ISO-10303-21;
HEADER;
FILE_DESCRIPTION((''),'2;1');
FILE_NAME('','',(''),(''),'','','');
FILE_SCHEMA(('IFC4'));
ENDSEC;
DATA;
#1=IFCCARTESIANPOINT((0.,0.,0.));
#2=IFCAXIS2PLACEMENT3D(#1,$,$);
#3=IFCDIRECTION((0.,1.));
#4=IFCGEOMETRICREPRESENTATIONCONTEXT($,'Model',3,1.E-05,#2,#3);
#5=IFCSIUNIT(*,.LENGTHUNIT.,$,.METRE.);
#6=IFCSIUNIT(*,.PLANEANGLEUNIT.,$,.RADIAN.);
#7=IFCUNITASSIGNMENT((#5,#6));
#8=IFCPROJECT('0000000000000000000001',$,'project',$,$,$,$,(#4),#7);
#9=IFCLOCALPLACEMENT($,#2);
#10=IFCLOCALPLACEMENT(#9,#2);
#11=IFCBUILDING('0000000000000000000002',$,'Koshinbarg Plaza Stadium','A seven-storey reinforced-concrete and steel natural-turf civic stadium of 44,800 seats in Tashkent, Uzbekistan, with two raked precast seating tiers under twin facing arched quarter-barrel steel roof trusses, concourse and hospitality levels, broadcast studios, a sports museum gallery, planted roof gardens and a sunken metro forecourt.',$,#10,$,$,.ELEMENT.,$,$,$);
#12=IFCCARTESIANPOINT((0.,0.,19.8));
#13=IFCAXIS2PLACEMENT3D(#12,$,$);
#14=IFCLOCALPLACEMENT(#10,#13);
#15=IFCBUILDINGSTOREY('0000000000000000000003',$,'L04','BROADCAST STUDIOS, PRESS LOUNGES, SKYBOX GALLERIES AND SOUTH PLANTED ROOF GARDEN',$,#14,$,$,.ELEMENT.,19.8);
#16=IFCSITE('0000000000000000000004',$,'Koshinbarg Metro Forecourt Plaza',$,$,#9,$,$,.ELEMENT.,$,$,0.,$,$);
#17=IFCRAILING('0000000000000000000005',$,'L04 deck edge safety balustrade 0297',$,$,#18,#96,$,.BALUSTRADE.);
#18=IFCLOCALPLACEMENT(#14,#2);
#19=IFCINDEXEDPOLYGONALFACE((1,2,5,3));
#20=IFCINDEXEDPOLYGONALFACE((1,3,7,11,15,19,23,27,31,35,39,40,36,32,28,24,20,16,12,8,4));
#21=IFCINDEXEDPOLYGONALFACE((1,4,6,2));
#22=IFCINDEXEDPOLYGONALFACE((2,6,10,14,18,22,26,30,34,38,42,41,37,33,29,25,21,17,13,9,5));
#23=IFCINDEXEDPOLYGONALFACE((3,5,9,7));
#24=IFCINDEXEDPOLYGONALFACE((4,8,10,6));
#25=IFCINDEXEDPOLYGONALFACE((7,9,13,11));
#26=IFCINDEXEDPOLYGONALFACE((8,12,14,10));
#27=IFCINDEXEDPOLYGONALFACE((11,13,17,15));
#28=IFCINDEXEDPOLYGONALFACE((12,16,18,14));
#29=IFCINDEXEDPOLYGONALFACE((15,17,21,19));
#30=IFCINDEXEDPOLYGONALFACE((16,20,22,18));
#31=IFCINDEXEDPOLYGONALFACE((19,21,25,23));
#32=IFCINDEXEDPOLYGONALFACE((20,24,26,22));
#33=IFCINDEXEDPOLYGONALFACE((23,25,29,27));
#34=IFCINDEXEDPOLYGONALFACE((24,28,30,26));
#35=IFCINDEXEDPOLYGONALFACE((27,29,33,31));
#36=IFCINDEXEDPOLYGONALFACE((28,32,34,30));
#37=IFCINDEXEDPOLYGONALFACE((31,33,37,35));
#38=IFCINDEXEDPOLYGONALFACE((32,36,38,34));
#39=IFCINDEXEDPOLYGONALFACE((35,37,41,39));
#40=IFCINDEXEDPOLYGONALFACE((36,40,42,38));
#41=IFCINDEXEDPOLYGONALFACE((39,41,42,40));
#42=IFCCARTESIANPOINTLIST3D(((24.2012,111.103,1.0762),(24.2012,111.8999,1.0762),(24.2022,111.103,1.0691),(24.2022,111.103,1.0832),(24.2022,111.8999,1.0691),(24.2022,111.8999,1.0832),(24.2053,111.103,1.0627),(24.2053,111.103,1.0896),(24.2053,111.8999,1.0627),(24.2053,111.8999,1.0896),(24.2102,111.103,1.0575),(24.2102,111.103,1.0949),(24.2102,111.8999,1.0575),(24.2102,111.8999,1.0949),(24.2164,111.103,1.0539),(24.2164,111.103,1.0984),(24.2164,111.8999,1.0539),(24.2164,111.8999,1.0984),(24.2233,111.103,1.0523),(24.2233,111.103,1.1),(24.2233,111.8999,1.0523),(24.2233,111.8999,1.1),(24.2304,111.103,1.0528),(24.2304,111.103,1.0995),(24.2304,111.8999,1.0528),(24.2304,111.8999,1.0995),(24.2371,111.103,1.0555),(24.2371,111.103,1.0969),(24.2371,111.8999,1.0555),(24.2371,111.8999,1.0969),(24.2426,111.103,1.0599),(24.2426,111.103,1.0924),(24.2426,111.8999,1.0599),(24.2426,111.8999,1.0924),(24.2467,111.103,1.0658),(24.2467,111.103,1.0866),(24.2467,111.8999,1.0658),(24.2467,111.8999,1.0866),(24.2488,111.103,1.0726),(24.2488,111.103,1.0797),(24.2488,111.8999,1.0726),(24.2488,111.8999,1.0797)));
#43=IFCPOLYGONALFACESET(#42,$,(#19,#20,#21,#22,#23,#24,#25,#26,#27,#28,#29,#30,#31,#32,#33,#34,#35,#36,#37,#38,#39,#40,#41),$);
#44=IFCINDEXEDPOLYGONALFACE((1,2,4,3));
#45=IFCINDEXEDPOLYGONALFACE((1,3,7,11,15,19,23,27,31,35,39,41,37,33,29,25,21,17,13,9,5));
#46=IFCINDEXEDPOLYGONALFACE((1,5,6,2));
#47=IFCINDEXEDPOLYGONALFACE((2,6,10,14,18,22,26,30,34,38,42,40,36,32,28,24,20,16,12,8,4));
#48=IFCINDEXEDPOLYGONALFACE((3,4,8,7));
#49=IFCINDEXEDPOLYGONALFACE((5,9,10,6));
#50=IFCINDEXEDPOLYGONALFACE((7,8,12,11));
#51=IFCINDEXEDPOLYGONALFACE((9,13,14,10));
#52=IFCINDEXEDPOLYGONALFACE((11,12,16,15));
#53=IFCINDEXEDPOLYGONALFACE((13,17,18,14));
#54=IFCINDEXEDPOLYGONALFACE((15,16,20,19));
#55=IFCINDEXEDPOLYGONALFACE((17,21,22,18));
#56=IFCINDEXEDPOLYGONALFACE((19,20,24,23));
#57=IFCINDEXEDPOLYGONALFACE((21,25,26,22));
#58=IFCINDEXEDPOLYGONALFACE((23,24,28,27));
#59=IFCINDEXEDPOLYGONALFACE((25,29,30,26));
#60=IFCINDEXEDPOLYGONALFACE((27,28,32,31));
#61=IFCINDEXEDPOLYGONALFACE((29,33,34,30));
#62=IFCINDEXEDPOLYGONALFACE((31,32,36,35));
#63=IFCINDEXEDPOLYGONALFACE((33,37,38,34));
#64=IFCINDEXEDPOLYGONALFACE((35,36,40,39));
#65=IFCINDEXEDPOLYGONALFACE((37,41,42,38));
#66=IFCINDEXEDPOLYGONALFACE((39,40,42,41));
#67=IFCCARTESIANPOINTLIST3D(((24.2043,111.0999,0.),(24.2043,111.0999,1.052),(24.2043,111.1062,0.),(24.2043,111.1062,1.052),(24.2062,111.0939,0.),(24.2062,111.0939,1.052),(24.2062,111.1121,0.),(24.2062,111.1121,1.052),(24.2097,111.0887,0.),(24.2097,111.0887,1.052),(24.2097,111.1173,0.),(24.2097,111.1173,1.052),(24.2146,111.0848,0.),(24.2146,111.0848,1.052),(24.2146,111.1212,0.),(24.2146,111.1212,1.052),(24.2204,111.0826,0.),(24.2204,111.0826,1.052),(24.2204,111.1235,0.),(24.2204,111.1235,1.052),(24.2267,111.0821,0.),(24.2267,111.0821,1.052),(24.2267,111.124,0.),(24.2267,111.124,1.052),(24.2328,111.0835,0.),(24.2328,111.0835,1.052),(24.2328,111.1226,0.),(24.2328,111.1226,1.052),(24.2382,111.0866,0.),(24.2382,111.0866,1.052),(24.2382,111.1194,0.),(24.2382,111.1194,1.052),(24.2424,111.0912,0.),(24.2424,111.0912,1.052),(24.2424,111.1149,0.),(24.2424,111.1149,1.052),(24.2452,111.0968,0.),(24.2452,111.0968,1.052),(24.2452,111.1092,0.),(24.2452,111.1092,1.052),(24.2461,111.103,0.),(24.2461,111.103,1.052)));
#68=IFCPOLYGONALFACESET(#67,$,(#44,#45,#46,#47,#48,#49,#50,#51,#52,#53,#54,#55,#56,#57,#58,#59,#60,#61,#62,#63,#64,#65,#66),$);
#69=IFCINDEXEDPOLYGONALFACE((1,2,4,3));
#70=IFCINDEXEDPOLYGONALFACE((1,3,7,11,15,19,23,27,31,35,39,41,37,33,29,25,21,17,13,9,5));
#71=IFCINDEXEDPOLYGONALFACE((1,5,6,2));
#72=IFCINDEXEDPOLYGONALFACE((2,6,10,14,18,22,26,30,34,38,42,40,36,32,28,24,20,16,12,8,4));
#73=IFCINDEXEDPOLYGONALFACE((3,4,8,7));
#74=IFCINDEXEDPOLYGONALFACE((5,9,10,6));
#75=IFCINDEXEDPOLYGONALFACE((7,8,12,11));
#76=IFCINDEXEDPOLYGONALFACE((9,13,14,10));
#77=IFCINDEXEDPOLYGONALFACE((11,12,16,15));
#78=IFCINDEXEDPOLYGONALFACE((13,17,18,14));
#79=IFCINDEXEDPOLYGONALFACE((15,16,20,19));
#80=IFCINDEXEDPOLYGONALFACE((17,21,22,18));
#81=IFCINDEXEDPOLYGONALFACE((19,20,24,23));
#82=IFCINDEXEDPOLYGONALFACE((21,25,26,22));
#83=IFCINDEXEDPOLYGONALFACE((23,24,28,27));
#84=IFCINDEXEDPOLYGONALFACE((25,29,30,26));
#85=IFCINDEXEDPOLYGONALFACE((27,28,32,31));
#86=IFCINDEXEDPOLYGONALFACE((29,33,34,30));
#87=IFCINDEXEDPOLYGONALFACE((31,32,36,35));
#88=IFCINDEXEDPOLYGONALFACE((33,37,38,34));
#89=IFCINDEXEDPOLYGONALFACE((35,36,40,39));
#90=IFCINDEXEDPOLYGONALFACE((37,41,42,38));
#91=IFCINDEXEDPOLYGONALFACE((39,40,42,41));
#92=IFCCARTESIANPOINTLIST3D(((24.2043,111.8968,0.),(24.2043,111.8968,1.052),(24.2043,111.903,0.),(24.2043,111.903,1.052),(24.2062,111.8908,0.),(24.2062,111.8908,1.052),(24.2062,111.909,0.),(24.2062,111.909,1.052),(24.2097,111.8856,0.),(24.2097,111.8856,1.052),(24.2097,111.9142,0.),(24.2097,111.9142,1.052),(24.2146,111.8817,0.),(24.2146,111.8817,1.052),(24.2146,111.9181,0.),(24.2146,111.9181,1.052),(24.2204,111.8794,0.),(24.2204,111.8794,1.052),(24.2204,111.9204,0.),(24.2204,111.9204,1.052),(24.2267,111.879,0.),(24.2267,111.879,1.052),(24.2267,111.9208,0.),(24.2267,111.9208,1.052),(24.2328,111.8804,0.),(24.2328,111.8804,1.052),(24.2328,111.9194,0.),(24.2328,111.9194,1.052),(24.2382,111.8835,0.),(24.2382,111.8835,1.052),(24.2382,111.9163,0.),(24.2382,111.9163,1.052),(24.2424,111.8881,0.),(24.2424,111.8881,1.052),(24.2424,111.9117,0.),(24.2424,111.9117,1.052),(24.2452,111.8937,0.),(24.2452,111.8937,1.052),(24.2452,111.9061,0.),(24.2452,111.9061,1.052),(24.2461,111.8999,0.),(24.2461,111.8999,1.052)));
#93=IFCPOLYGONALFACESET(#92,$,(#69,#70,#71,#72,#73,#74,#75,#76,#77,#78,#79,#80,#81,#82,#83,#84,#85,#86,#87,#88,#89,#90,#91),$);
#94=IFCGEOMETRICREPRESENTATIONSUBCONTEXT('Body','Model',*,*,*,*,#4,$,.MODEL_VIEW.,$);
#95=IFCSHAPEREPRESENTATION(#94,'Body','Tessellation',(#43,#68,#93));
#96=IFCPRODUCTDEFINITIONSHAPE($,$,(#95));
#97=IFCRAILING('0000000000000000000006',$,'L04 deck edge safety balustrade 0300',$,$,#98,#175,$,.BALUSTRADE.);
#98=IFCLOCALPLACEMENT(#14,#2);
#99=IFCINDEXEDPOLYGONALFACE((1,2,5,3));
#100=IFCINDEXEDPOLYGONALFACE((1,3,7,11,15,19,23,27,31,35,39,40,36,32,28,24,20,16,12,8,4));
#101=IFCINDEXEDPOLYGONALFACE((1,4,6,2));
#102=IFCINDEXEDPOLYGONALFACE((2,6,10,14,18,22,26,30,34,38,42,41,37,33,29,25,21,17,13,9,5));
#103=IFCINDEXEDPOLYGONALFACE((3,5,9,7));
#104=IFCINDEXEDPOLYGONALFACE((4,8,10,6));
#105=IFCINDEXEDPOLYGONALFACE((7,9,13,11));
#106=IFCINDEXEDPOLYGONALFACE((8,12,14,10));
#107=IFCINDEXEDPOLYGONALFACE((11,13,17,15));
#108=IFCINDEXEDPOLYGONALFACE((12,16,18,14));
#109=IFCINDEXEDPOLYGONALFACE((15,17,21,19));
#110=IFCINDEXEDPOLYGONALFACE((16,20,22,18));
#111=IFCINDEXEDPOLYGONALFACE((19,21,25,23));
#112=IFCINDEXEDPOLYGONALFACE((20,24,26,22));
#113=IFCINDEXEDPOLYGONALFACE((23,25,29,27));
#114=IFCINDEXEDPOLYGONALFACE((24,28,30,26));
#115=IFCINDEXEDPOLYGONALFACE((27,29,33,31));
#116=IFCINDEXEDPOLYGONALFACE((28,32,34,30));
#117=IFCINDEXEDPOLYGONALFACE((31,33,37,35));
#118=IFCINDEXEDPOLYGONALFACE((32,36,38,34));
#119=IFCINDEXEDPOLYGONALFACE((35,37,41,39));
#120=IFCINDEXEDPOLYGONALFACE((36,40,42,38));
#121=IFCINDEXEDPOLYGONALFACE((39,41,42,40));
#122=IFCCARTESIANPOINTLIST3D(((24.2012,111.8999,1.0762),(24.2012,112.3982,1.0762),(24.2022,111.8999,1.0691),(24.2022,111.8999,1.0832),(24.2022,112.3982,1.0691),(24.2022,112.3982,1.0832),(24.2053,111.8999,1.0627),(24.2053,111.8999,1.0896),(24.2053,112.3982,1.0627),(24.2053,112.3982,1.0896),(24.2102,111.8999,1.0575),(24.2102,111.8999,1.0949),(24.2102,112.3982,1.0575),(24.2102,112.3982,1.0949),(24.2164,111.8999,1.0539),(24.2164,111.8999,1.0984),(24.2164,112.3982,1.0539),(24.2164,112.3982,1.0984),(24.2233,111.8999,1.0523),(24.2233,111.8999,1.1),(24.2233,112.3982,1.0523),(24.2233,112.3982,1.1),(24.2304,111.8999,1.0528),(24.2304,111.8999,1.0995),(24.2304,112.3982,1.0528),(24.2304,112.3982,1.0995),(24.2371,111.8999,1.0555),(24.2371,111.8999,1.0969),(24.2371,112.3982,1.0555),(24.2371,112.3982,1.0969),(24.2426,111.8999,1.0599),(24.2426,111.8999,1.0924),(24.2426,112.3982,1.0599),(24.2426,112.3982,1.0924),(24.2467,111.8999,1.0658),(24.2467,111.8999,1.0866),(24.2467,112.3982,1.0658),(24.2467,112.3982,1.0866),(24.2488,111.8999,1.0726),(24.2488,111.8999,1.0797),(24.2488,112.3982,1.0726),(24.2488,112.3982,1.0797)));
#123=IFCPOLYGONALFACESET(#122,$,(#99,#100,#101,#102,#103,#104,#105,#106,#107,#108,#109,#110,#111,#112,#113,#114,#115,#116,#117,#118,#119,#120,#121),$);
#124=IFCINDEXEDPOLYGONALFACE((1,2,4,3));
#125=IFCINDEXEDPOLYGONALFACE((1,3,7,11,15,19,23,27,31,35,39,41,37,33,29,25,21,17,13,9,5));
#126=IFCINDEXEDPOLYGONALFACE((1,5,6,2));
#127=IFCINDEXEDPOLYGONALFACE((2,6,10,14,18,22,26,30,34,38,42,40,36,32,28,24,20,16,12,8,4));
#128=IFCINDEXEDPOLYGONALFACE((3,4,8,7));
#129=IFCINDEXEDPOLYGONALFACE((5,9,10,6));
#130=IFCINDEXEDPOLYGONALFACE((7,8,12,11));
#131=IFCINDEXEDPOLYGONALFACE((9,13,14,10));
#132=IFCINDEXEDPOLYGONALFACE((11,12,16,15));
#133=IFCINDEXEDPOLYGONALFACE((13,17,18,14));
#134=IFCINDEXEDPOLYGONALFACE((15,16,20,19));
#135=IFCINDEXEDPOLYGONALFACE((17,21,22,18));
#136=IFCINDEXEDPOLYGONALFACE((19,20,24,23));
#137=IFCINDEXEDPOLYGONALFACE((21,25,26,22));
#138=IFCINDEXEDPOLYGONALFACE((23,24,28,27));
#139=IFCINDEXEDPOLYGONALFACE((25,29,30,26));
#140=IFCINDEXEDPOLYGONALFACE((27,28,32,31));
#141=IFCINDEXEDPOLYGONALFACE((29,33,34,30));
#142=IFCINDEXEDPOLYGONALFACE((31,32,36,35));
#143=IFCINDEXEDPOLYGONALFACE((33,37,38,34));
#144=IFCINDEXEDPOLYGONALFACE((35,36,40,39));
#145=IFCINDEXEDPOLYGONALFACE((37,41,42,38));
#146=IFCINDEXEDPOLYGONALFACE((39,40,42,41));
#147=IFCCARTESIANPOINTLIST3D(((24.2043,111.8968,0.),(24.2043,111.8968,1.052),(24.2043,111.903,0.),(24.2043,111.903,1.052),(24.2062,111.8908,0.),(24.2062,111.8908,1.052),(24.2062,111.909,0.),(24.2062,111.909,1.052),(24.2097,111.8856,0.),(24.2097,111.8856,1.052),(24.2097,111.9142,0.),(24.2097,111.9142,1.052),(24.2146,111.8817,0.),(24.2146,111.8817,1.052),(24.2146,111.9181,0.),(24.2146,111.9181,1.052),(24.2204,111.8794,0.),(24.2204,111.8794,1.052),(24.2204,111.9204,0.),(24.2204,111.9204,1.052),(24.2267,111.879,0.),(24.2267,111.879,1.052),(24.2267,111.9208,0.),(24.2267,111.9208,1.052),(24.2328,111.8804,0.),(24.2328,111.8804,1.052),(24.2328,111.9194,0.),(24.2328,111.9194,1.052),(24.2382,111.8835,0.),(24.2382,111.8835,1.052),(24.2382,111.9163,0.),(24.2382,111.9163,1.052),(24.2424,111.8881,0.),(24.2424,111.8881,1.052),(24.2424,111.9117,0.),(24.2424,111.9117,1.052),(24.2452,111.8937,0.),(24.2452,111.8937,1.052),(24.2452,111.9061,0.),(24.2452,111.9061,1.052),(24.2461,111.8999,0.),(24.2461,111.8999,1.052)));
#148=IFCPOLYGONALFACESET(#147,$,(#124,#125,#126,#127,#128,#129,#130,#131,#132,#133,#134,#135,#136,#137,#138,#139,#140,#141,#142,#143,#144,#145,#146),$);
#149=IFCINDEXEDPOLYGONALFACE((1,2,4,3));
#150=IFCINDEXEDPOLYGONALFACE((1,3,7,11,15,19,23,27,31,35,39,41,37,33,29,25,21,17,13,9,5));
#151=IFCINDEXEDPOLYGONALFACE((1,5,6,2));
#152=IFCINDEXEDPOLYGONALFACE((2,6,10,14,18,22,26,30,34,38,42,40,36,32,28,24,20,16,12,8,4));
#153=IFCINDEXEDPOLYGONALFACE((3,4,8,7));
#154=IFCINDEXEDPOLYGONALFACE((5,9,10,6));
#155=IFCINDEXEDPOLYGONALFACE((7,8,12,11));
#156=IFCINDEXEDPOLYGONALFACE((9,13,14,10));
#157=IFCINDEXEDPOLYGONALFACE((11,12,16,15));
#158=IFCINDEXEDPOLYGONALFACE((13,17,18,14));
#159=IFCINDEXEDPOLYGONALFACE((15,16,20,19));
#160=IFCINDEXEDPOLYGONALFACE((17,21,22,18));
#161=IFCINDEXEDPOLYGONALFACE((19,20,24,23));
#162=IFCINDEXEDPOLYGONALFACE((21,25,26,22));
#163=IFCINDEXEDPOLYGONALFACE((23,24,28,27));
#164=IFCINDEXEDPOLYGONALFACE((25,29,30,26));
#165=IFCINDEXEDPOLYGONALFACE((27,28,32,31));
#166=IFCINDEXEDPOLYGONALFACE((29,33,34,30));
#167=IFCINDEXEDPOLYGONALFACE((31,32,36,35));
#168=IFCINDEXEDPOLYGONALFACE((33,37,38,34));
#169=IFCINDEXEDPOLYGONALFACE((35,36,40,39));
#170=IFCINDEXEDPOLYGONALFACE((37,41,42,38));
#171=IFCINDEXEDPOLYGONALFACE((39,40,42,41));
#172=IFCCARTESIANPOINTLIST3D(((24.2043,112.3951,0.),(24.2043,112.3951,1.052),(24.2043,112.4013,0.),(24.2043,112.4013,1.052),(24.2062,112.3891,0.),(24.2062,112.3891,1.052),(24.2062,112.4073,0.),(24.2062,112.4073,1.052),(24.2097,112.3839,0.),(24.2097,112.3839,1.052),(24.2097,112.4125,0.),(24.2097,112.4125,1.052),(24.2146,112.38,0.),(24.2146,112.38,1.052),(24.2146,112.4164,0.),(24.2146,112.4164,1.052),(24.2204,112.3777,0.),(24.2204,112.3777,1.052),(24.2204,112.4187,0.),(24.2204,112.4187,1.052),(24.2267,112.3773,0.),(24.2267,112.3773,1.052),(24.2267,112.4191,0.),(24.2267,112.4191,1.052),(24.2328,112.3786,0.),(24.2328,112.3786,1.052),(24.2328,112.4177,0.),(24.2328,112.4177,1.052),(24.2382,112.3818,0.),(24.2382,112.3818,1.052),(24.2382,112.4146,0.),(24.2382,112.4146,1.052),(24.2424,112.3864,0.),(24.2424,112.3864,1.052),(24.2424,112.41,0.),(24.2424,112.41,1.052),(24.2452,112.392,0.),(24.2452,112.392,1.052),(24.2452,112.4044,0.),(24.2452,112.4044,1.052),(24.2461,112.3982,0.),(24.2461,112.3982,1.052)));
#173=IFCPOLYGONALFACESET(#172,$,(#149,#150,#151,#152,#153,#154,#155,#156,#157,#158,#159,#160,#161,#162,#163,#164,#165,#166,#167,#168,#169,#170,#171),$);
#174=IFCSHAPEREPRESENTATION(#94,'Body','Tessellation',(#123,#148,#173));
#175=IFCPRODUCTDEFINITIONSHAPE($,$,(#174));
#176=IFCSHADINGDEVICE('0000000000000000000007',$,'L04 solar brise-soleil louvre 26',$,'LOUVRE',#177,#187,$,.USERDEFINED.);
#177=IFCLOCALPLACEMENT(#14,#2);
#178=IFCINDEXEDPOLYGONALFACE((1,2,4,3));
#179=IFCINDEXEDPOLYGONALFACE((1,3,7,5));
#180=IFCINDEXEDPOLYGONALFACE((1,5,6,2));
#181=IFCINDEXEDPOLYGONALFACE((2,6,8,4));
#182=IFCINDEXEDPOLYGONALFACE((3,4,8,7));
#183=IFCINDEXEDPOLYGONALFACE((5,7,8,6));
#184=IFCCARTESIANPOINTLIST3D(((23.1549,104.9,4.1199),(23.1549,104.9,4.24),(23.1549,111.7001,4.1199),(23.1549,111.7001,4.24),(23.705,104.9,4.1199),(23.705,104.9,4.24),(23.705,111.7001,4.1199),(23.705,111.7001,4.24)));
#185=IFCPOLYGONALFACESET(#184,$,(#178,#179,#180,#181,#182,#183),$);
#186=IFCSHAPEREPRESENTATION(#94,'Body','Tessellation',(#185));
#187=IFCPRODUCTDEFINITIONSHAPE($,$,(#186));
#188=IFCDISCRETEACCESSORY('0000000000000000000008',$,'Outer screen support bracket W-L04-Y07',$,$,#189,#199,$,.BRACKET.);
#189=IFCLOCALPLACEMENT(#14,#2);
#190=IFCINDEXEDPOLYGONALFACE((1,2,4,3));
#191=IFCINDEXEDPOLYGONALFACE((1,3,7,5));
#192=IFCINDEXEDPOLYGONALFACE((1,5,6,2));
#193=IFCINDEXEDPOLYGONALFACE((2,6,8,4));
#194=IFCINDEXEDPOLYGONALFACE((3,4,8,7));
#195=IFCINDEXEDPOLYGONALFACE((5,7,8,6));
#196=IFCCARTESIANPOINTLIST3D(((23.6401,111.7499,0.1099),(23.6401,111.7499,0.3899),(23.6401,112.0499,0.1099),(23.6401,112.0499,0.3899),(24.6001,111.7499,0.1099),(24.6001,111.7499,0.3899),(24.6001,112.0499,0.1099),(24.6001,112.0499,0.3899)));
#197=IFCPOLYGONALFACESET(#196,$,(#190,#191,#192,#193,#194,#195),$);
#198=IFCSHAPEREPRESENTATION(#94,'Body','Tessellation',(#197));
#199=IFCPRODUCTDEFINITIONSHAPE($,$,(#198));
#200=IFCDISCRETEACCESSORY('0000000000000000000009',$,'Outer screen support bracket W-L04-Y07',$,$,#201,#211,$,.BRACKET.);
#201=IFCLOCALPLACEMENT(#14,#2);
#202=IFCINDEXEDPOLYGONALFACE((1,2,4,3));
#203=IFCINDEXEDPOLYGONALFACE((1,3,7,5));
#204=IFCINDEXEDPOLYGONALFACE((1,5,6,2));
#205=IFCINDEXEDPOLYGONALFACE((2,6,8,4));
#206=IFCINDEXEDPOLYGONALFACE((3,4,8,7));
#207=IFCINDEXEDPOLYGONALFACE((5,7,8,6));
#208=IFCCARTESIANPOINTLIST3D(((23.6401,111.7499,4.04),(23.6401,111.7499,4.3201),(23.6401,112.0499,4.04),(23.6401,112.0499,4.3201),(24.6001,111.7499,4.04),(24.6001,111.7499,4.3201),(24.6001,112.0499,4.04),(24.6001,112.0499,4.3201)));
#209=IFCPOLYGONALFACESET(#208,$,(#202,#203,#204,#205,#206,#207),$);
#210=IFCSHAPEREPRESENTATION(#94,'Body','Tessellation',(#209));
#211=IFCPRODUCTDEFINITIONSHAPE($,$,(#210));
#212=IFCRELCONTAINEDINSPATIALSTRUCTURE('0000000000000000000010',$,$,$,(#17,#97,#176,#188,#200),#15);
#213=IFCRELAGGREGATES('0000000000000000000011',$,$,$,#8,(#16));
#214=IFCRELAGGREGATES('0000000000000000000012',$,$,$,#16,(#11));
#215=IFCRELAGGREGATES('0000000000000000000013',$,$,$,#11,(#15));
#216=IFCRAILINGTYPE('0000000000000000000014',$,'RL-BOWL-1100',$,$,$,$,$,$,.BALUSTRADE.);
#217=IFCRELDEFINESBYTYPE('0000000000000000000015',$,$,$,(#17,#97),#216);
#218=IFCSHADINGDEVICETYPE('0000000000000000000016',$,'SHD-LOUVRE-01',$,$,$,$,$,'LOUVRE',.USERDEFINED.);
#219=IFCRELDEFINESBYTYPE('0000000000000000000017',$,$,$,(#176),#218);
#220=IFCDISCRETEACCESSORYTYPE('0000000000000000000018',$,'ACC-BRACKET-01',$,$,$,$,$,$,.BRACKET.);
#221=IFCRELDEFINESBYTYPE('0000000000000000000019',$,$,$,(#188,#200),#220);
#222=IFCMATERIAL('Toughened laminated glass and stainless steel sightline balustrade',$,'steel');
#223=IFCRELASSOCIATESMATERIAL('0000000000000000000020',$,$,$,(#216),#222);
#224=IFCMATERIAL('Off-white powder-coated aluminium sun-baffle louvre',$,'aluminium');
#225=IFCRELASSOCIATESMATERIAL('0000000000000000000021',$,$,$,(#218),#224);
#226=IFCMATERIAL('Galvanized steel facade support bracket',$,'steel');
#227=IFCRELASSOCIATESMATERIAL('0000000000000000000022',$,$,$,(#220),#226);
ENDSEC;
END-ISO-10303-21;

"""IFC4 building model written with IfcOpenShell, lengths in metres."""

from ifc_helpers import new_model, si_unit, direction, frame, origin, origin_2d, place, context, subcontext, project, spatial, rectangle, circle, extrude, material, type_object, element, save


model = new_model("IFC4")

# Units and contexts
model_context = context("Model", 3, precision=1e-05, world=origin(), true_north=direction((0.0, 1.0)))
body_context = subcontext(model_context, "Body", "Model", "MODEL_VIEW")
ifc_project = project(units=[si_unit("LENGTHUNIT", "METRE"), si_unit("PLANEANGLEUNIT", "RADIAN")], contexts=[model_context])

# Site, building, storey
site_placement = place(None, origin())
site = spatial("IfcSite", under=ifc_project, at=site_placement, Name="Koshinbarg Metro Forecourt Plaza", CompositionType="ELEMENT", RefElevation=0.0)
building_placement = place(site_placement, origin())
building = spatial("IfcBuilding", under=site, at=building_placement, Name="Koshinbarg Plaza Stadium", Description="A seven-storey reinforced-concrete and steel natural-turf civic stadium of 44,800 seats in Tashkent, Uzbekistan, with two raked precast seating tiers under twin facing arched quarter-barrel steel roof trusses, concourse and hospitality levels, broadcast studios, a sports museum gallery, planted roof gardens and a sunken metro forecourt.", CompositionType="ELEMENT")
storey_placement = place(building_placement, frame((0.0, 0.0, 19.8)))
storey = spatial("IfcBuildingStorey", under=building, at=storey_placement, Name="L04", Description="BROADCAST STUDIOS, PRESS LOUNGES, SKYBOX GALLERIES AND SOUTH PLANTED ROOF GARDEN", CompositionType="ELEMENT", Elevation=19.8)

# Railings
ifc_material_1 = material(Name="Toughened laminated glass and stainless steel sightline balustrade", Category="steel")
railing_type = type_object("IfcRailingType", Name="RL-BOWL-1100", PredefinedType="BALUSTRADE", material=ifc_material_1)
railing_1_placement = place(storey_placement, frame((24.2251, 111.103, 0.0)))
element("IfcRailing", 1, at=railing_1_placement, inside=storey, type_object=railing_type, Name="L04 deck edge safety balustrade 0297", PredefinedType="BALUSTRADE", context=body_context, shape_type="SweptSolid", body=[
    extrude(circle(Radius=0.0239, at=origin_2d()), frame((0.0, 0.0, 1.0762), z_axis=(0.0, 1.0, 0.0), x_axis=(-1.0, 0.0, 0.0)), (0.0, 0.0, 1.0), 0.7969),
    extrude(circle(Radius=0.021, at=origin_2d()), origin(), (0.0, 0.0, 1.0), 1.052),
    extrude(circle(Radius=0.021, at=origin_2d()), frame((0.0, 0.7969, 0.0)), (0.0, 0.0, 1.0), 1.052),
])
railing_2_placement = place(storey_placement, frame((24.2251, 111.8999, 0.0)))
element("IfcRailing", 2, at=railing_2_placement, inside=storey, type_object=railing_type, Name="L04 deck edge safety balustrade 0300", PredefinedType="BALUSTRADE", context=body_context, shape_type="SweptSolid", body=[
    extrude(circle(Radius=0.0239, at=origin_2d()), frame((0.0, 0.0, 1.0762), z_axis=(0.0, 1.0, 0.0), x_axis=(-1.0, 0.0, 0.0)), (0.0, 0.0, 1.0), 0.4983),
    extrude(circle(Radius=0.021, at=origin_2d()), origin(), (0.0, 0.0, 1.0), 1.052),
    extrude(circle(Radius=0.021, at=origin_2d()), frame((0.0, 0.4983, 0.0)), (0.0, 0.0, 1.0), 1.052),
])

# Shading device
ifc_material_2 = material(Name="Off-white powder-coated aluminium sun-baffle louvre", Category="aluminium")
shading_device_type = type_object("IfcShadingDeviceType", Name="SHD-LOUVRE-01", ElementType="LOUVRE", PredefinedType="USERDEFINED", material=ifc_material_2)
shading_device_placement = place(storey_placement, frame((23.4299, 108.3, 4.1199), z_axis=(0.0, 0.0, 1.0), x_axis=(1.0, 0.0, 0.0)))
element("IfcShadingDevice", 3, at=shading_device_placement, inside=storey, type_object=shading_device_type, Name="L04 solar brise-soleil louvre 26", ObjectType="LOUVRE", PredefinedType="USERDEFINED", context=body_context, shape_type="SweptSolid", body=[
    extrude(rectangle(XDim=0.55, YDim=6.8, at=origin_2d()), origin(), (0.0, 0.0, 1.0), 0.1201),
])

# Discrete accessories
ifc_material_3 = material(Name="Galvanized steel facade support bracket", Category="steel")
discrete_accessory_type = type_object("IfcDiscreteAccessoryType", Name="ACC-BRACKET-01", PredefinedType="BRACKET", material=ifc_material_3)
for number, where, z_axis, x_axis, name in (
    (4, (24.1201, 111.8999, 0.1099), (0.0, 0.0, 1.0), (1.0, 0.0, 0.0), "Outer screen support bracket W-L04-Y07"),
    (5, (24.1201, 111.8999, 4.04), (0.0, 0.0, 1.0), (1.0, 0.0, 0.0), "Outer screen support bracket W-L04-Y07"),
):
    element("IfcDiscreteAccessory", number, at=place(storey_placement, frame(where, z_axis=z_axis, x_axis=x_axis)), inside=storey, type_object=discrete_accessory_type, Name=name, PredefinedType="BRACKET", context=body_context, shape_type="SweptSolid", body=[
        extrude(rectangle(XDim=0.96, YDim=0.3, at=origin_2d()), origin(), (0.0, 0.0, 1.0), 0.28),
    ])

save(model, "model.ifc")
